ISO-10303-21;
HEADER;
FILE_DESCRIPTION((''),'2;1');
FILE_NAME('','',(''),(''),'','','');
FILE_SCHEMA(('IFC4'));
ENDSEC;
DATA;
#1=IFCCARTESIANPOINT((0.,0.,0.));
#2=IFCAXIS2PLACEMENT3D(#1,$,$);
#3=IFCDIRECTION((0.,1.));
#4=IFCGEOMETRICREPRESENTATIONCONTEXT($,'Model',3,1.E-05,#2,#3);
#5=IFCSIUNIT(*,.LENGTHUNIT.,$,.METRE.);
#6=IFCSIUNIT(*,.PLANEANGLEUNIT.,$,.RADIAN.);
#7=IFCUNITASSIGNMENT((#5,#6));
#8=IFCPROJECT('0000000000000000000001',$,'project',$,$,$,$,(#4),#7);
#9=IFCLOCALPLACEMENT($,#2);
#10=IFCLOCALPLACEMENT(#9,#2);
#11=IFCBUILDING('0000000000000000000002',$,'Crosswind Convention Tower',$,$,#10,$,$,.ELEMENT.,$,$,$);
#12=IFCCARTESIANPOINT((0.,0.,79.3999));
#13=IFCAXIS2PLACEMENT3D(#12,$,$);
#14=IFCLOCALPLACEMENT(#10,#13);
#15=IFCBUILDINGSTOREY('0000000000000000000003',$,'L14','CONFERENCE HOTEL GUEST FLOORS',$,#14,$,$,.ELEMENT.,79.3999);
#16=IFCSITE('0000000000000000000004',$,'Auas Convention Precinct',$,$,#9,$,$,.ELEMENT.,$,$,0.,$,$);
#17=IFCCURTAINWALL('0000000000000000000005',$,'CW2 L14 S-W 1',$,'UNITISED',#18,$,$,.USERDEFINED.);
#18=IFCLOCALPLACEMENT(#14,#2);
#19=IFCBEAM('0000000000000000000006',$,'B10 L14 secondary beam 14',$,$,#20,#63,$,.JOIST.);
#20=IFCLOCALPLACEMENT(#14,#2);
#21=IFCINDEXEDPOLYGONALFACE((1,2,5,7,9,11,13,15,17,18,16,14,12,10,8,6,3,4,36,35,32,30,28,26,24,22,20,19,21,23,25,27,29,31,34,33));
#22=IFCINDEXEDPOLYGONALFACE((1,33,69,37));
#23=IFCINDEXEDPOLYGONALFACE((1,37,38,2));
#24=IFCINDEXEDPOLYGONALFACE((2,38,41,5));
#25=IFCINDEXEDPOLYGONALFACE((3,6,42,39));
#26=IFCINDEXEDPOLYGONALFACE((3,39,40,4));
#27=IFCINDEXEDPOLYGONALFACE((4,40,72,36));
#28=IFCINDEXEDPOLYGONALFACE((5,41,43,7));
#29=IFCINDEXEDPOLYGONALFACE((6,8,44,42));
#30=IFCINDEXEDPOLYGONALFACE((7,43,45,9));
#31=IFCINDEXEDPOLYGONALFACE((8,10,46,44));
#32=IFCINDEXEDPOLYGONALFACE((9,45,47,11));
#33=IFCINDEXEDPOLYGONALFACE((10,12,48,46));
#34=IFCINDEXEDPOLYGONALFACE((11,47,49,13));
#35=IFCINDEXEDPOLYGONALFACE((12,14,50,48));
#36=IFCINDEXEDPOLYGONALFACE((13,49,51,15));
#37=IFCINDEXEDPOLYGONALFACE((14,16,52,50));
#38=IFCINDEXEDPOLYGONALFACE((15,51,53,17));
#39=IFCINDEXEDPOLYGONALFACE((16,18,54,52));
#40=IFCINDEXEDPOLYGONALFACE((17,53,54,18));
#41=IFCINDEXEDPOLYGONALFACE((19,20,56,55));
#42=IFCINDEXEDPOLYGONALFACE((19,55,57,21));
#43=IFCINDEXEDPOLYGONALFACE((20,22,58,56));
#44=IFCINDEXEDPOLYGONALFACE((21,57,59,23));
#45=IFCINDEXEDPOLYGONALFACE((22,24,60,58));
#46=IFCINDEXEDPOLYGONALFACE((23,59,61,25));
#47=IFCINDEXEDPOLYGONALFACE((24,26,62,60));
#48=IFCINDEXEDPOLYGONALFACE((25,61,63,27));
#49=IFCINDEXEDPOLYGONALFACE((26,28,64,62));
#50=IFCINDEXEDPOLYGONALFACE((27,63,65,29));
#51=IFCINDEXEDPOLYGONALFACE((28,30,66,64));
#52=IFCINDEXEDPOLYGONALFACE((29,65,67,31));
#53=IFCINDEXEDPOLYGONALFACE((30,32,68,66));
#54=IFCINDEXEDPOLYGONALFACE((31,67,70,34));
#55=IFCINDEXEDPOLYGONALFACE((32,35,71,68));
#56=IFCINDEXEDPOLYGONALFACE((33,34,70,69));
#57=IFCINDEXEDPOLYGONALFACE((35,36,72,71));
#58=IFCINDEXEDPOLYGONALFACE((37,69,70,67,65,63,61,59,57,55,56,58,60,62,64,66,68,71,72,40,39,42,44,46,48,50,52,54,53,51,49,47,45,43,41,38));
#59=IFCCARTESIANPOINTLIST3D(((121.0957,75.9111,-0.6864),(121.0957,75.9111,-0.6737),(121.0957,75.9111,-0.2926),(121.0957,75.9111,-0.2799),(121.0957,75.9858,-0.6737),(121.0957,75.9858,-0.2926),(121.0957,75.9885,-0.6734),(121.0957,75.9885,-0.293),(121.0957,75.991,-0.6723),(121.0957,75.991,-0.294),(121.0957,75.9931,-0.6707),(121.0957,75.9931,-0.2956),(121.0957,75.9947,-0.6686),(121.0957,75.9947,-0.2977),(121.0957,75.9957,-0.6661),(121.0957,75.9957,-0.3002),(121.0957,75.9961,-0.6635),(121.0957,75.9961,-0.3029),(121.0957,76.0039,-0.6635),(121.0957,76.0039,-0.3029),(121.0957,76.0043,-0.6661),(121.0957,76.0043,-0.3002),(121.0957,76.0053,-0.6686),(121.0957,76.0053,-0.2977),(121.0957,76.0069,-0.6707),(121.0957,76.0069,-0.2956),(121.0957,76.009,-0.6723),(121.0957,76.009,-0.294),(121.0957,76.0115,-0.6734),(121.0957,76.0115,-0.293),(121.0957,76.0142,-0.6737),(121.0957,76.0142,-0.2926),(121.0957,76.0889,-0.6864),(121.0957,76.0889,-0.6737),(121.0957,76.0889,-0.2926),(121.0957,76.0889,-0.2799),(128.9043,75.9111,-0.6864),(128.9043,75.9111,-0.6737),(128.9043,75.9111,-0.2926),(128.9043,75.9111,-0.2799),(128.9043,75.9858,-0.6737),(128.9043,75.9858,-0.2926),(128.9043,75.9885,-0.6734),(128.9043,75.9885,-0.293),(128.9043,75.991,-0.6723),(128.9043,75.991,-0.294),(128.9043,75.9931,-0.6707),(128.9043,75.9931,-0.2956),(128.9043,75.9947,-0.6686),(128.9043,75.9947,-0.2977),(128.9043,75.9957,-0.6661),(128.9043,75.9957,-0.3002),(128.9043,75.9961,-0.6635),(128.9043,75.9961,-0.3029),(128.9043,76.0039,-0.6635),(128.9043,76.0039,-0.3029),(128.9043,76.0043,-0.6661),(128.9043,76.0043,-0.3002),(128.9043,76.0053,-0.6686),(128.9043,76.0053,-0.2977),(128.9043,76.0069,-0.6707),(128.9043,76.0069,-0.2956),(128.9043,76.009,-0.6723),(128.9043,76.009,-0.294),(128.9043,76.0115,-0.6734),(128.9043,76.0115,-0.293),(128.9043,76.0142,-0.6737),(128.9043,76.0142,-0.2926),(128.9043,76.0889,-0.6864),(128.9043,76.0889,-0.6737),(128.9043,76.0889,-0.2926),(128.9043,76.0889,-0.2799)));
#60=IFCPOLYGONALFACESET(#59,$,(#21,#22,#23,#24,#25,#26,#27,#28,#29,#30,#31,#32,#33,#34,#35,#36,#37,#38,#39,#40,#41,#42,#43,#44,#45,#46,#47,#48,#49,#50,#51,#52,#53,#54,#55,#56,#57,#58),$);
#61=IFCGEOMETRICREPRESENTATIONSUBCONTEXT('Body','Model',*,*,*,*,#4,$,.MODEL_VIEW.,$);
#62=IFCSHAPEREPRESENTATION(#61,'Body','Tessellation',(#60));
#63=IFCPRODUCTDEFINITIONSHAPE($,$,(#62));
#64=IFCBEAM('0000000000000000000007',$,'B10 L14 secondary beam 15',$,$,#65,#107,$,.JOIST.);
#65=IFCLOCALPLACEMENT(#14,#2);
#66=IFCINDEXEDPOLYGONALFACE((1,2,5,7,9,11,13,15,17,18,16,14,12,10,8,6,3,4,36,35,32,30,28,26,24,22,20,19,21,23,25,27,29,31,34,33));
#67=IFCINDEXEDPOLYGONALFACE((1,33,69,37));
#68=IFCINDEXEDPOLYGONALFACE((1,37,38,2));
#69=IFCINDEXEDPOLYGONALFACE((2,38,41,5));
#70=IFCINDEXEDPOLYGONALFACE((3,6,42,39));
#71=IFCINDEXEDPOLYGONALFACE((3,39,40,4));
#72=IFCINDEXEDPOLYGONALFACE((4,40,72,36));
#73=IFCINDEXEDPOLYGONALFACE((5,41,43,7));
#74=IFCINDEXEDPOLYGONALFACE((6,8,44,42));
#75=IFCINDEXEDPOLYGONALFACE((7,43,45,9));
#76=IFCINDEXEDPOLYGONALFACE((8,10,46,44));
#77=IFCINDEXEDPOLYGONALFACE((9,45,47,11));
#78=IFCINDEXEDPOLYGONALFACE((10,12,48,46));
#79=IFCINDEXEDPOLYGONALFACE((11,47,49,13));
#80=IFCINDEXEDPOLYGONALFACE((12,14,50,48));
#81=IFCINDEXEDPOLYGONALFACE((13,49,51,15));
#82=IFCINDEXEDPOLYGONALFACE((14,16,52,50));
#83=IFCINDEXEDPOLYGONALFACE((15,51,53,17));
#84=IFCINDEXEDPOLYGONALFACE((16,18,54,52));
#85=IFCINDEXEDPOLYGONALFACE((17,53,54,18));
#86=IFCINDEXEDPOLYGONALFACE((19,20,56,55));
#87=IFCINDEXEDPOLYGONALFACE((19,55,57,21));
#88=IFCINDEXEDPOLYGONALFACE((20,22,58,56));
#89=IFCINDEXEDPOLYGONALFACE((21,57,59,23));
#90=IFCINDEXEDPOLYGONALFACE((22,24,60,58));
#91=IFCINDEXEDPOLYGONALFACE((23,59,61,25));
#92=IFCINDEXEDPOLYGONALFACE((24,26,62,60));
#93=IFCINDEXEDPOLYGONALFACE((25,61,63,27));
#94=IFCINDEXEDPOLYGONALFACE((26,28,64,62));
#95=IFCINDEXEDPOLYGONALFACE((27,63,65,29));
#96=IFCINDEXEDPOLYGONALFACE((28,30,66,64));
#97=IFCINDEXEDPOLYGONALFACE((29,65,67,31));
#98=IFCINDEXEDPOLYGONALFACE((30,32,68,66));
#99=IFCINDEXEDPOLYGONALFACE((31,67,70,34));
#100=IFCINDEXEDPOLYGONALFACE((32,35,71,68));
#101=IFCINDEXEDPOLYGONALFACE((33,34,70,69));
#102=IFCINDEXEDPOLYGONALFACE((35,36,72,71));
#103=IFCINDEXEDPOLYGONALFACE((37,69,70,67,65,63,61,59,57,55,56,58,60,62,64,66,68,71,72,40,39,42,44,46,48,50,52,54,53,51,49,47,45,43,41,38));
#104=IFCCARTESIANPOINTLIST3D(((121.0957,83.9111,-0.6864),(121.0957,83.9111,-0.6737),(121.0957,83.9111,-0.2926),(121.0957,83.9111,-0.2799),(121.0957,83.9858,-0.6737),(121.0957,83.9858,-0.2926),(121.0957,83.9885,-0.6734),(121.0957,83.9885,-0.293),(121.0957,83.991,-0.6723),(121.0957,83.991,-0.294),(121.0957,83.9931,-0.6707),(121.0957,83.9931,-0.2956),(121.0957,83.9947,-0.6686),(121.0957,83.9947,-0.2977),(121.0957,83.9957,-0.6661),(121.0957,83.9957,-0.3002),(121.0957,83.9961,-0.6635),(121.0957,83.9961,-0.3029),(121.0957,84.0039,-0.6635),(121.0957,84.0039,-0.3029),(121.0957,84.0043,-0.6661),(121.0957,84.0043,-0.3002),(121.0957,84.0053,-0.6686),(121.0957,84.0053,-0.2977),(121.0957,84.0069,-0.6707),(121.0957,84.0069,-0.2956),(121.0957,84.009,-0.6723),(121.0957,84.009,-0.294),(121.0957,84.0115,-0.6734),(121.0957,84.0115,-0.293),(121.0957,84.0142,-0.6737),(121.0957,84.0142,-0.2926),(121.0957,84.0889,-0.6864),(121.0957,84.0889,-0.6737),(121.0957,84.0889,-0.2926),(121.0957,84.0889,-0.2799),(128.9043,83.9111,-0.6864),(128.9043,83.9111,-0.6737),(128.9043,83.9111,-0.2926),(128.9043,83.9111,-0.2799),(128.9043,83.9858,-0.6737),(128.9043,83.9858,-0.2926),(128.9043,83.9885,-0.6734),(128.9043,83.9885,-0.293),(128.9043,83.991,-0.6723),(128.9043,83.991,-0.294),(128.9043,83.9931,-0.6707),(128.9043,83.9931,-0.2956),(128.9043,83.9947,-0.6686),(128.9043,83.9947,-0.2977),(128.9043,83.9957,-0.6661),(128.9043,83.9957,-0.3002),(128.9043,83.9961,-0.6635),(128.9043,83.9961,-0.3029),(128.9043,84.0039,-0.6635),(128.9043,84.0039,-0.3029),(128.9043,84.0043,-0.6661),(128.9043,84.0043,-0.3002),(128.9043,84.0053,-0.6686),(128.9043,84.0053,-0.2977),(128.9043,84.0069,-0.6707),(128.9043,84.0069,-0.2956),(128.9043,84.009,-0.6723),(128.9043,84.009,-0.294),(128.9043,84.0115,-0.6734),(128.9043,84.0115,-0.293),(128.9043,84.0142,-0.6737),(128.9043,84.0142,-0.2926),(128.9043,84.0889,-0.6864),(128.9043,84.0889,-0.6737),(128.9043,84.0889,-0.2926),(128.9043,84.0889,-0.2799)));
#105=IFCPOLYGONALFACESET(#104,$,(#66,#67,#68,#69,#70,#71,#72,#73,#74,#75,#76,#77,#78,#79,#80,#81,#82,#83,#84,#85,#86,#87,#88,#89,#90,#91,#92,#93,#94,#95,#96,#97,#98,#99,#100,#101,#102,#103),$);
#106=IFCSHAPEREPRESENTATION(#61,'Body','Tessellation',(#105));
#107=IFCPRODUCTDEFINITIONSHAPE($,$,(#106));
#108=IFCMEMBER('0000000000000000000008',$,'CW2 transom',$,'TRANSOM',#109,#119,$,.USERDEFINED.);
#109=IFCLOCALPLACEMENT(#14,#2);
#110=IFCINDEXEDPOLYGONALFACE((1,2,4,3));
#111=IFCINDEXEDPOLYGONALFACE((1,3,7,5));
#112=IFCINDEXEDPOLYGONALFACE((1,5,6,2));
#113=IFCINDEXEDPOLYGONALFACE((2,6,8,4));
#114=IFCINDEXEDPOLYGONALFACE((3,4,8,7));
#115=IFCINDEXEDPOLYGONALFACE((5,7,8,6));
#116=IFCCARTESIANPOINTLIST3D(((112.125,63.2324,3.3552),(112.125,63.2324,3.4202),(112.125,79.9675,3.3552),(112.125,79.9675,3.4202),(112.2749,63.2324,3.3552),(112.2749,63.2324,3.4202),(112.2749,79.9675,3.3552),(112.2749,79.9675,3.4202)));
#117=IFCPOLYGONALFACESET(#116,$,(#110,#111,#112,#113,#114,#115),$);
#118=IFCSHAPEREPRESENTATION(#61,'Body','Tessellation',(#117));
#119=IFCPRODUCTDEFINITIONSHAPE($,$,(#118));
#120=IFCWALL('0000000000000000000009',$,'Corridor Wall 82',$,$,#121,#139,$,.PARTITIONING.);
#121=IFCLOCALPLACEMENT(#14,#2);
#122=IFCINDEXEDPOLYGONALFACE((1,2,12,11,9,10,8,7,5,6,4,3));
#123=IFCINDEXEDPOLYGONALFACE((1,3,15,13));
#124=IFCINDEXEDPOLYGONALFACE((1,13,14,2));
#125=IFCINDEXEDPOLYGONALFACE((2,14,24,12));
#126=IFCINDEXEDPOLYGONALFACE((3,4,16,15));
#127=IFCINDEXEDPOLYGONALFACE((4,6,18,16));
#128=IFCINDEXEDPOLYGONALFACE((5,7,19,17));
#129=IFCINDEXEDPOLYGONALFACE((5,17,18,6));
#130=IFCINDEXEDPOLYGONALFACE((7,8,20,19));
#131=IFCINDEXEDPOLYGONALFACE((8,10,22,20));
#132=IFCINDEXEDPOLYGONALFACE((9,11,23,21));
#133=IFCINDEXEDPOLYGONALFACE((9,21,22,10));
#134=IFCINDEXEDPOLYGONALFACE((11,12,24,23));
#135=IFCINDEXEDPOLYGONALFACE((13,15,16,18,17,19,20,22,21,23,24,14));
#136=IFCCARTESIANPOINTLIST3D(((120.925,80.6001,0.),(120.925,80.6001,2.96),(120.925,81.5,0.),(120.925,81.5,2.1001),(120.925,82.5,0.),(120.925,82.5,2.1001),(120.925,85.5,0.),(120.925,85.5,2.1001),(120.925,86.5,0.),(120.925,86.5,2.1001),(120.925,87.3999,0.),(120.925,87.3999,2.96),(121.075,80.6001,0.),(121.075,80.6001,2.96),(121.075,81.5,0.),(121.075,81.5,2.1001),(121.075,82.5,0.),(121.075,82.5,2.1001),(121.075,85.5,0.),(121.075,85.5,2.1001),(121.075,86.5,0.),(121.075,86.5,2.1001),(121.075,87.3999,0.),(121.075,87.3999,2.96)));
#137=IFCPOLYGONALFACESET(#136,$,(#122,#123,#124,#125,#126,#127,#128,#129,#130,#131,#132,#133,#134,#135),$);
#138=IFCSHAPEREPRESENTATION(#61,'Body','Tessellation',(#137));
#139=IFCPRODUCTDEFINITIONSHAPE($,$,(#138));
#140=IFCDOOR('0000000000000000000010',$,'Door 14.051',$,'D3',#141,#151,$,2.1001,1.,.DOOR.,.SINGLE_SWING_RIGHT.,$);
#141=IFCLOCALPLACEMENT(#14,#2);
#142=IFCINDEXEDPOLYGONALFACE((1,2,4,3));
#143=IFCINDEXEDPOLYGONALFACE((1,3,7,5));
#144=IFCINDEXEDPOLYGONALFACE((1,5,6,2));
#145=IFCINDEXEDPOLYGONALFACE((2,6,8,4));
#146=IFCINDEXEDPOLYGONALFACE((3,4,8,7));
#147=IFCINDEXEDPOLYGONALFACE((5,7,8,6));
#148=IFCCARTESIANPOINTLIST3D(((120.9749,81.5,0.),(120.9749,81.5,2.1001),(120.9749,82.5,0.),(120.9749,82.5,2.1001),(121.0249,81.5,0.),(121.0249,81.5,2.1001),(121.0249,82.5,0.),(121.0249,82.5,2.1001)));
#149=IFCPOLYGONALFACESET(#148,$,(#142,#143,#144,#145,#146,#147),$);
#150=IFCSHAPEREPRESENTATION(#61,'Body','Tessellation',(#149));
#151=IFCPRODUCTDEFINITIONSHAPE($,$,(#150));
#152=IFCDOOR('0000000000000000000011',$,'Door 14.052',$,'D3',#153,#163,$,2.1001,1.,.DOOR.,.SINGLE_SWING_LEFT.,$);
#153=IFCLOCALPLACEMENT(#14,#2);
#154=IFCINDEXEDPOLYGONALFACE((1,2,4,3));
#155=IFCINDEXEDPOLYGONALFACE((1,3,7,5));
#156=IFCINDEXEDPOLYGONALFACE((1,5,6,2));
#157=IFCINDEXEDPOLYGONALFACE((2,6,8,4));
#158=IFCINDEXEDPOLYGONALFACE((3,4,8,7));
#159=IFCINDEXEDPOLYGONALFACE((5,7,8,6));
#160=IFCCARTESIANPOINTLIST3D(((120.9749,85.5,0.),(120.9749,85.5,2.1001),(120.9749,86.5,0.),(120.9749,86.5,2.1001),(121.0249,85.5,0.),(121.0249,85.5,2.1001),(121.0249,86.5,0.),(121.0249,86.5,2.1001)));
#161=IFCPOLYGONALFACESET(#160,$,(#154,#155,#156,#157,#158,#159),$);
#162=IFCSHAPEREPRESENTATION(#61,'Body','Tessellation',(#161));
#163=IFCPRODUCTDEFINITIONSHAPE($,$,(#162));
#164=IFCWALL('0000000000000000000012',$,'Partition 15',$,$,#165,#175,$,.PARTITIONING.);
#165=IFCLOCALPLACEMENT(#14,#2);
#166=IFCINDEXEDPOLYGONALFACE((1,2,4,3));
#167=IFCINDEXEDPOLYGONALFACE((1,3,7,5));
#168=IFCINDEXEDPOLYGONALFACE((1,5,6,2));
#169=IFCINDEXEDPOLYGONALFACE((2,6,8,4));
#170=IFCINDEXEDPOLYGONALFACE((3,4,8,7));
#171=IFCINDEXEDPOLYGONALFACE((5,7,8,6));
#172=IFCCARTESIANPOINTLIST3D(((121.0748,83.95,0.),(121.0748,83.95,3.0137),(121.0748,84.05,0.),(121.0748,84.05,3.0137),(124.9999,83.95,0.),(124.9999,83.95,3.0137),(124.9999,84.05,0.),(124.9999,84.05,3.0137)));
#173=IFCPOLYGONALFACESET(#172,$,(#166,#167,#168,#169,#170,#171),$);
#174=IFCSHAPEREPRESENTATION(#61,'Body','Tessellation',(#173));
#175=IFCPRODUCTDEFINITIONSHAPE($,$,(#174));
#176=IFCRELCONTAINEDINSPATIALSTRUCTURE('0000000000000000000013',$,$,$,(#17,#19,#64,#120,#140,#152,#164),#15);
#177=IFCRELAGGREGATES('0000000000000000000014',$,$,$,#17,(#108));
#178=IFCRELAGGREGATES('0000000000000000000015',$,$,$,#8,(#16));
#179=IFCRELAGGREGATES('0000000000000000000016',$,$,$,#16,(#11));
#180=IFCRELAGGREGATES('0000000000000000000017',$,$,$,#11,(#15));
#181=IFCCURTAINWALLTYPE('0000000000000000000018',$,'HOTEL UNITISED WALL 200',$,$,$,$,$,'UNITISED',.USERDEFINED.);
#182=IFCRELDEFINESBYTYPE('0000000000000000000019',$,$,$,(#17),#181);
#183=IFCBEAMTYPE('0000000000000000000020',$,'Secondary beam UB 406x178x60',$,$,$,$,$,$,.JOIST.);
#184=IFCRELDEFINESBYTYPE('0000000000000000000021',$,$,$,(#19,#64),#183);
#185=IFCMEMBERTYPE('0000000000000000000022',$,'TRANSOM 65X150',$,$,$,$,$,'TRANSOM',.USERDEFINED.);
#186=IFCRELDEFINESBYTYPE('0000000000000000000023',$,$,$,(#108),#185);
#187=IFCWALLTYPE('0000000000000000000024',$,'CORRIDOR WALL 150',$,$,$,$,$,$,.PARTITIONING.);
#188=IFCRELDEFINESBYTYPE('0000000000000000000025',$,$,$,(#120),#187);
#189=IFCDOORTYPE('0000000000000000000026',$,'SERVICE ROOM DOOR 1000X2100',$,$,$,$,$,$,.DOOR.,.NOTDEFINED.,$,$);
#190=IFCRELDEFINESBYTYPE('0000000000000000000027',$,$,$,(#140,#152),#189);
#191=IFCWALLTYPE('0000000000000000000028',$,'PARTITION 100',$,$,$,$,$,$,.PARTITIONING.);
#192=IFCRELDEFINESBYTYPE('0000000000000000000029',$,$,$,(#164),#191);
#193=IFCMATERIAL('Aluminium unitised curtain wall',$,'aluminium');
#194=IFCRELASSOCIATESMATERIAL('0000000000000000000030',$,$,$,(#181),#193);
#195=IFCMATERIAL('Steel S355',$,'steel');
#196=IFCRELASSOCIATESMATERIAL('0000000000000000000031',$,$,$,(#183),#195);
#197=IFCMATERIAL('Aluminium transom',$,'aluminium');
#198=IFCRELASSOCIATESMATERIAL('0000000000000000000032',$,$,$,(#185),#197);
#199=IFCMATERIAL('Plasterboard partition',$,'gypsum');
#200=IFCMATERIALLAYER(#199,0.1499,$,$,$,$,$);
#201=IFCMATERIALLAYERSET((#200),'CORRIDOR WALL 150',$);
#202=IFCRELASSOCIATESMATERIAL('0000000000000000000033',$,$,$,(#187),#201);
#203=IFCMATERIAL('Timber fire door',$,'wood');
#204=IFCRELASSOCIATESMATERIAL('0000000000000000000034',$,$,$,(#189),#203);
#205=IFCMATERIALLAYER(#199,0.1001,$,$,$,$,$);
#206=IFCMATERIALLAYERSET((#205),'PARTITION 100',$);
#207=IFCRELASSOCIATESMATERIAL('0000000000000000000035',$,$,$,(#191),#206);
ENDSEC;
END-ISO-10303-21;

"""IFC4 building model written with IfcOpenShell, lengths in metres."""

from ifc_helpers import new_model, si_unit, direction, frame, frame_2d, origin, origin_2d, place, context, subcontext, project, spatial, rectangle, i_section, extrude, material, layer, layer_set, material_profile, profile_set, type_object, element, fill, aggregate, save


model = new_model("IFC4")

# Units and contexts
model_context = context("Model", 3, precision=1e-05, world=origin(), true_north=direction((0.0, 1.0)))
body_context = subcontext(model_context, "Body", "Model", "MODEL_VIEW")
ifc_project = project(units=[si_unit("LENGTHUNIT", "METRE"), si_unit("PLANEANGLEUNIT", "RADIAN")], contexts=[model_context])

# Site, building, storey
site_placement = place(None, origin())
site = spatial("IfcSite", under=ifc_project, at=site_placement, Name="Auas Convention Precinct", CompositionType="ELEMENT", RefElevation=0.0)
building_placement = place(site_placement, origin())
building = spatial("IfcBuilding", under=site, at=building_placement, Name="Crosswind Convention Tower", CompositionType="ELEMENT")
storey_placement = place(building_placement, frame((0.0, 0.0, 79.3999)))
storey = spatial("IfcBuildingStorey", under=building, at=storey_placement, Name="L14", Description="CONFERENCE HOTEL GUEST FLOORS", CompositionType="ELEMENT", Elevation=79.3999)

# Shared definitions
ifc_material_1 = material(Name="Steel S355", Category="steel")

# Curtain wall
ifc_material_2 = material(Name="Aluminium unitised curtain wall", Category="aluminium")
curtain_wall_type = type_object("IfcCurtainWallType", Name="HOTEL UNITISED WALL 200", ElementType="UNITISED", PredefinedType="USERDEFINED", material=ifc_material_2)
curtain_wall_placement = place(storey_placement, origin())
curtain_wall = element("IfcCurtainWall", 1, at=curtain_wall_placement, inside=storey, type_object=curtain_wall_type, Name="CW2 L14 S-W 1", ObjectType="UNITISED", PredefinedType="USERDEFINED")

# Beams
ifc_material_profile_1 = material_profile(ifc_material_1, i_section(OverallWidth=0.1777, OverallDepth=0.4065, WebThickness=0.0078, FlangeThickness=0.0127, FilletRadius=0.0103, at=origin_2d()), Name="UB 406x178x60")
ifc_profile_set_1 = profile_set([ifc_material_profile_1], Name="Steel S355")
beam_type_1 = type_object("IfcBeamType", Name="Secondary beam UB 406x178x60", PredefinedType="JOIST", material=ifc_profile_set_1)
for number, where, z_axis, x_axis, name in (
    (2, (121.0957, 76.0, -0.4832), (1.0, 0.0, 0.0), (0.0, 1.0, 0.0), "B10 L14 secondary beam 14"),
    (3, (121.0957, 84.0, -0.4832), (1.0, 0.0, 0.0), (0.0, 1.0, 0.0), "B10 L14 secondary beam 15"),
):
    element("IfcBeam", number, at=place(storey_placement, frame(where, z_axis=z_axis, x_axis=x_axis)), inside=storey, type_object=beam_type_1, Name=name, PredefinedType="JOIST", context=body_context, shape_type="SweptSolid", body=[
        extrude(i_section(OverallWidth=0.1777, OverallDepth=0.4065, WebThickness=0.0078, FlangeThickness=0.0127, FilletRadius=0.0103, at=origin_2d()), origin(), (0.0, 0.0, 1.0), 7.8086),
    ])

# Member
ifc_material_3 = material(Name="Aluminium transom", Category="aluminium")
ifc_material_profile_2 = material_profile(ifc_material_3, rectangle(XDim=0.1499, YDim=0.0649, at=origin_2d()), Name="AL 150X65")
ifc_profile_set_2 = profile_set([ifc_material_profile_2], Name="Aluminium transom")
member_type_1 = type_object("IfcMemberType", Name="TRANSOM 65X150", ElementType="TRANSOM", PredefinedType="USERDEFINED", material=ifc_profile_set_2)
member_1_placement = place(storey_placement, frame((112.2, 79.9675, 3.3877), z_axis=(0.0, -1.0, 0.0), x_axis=(1.0, 0.0, 0.0)))
member_1 = element("IfcMember", 4, at=member_1_placement, type_object=member_type_1, Name="CW2 transom", ObjectType="TRANSOM", PredefinedType="USERDEFINED", context=body_context, shape_type="SweptSolid", body=[
    extrude(rectangle(XDim=0.1499, YDim=0.0649, at=origin_2d()), origin(), (0.0, 0.0, 1.0), 16.7351),
])
aggregate(curtain_wall, [member_1])

# Wall, openings, doors
ifc_material_4 = material(Name="Plasterboard partition", Category="gypsum")
ifc_layer_1 = layer(ifc_material_4, 0.1499)
ifc_layer_set_1 = layer_set([ifc_layer_1], Name="CORRIDOR WALL 150")
wall_type_1 = type_object("IfcWallType", Name="CORRIDOR WALL 150", PredefinedType="PARTITIONING", material=ifc_layer_set_1)
wall_1_placement = place(storey_placement, frame((121.0, 80.6001, 0.0), z_axis=(0.0, 0.0, 1.0), x_axis=(0.0, 1.0, 0.0)))
wall_1 = element("IfcWall", 5, at=wall_1_placement, inside=storey, type_object=wall_type_1, Name="Corridor Wall 82", PredefinedType="PARTITIONING", context=body_context, shape_type="SweptSolid", body=[
    extrude(rectangle(XDim=6.7998, YDim=0.1499, at=frame_2d((3.3999, 0.0))), origin(), (0.0, 0.0, 1.0), 2.96),
])
opening_1_placement = place(wall_1_placement, frame((0.8999, 0.0, 0.0)))
opening_1 = element("IfcOpeningElement", 6, at=opening_1_placement, cuts=wall_1, PredefinedType="OPENING", context=body_context, shape_type="SweptSolid", body=[
    extrude(rectangle(XDim=1.0, YDim=2.1001, at=frame_2d((0.5, 1.05))), frame((0.0, 0.085, 0.0), z_axis=(0.0, -1.0, 0.0), x_axis=(1.0, 0.0, 0.0)), (0.0, 0.0, 1.0), 0.1699),
])
opening_2_placement = place(wall_1_placement, frame((4.8999, 0.0, 0.0)))
opening_2 = element("IfcOpeningElement", 7, at=opening_2_placement, cuts=wall_1, PredefinedType="OPENING", context=body_context, shape_type="SweptSolid", body=[
    extrude(rectangle(XDim=1.0, YDim=2.1001, at=frame_2d((0.5, 1.05))), frame((0.0, 0.085, 0.0), z_axis=(0.0, -1.0, 0.0), x_axis=(1.0, 0.0, 0.0)), (0.0, 0.0, 1.0), 0.1699),
])
ifc_material_5 = material(Name="Timber fire door", Category="wood")
door_type_1 = type_object("IfcDoorType", Name="SERVICE ROOM DOOR 1000X2100", OperationType="NOTDEFINED", PredefinedType="DOOR", material=ifc_material_5)
door_1_placement = place(opening_1_placement, frame((1.0, 0.0, 0.0), z_axis=(0.0, 0.0, 1.0), x_axis=(-1.0, 0.0, 0.0)))
door_1 = element("IfcDoor", 8, at=door_1_placement, inside=storey, type_object=door_type_1, Name="Door 14.051", ObjectType="D3", OperationType="SINGLE_SWING_RIGHT", OverallHeight=2.1001, OverallWidth=1.0, PredefinedType="DOOR", context=body_context, shape_type="SweptSolid", body=[
    extrude(rectangle(XDim=1.0, YDim=2.1001, at=frame_2d((0.5, 1.05))), frame((0.0, 0.0249, 0.0), z_axis=(0.0, -1.0, 0.0), x_axis=(1.0, 0.0, 0.0)), (0.0, 0.0, 1.0), 0.05),
])
fill(opening_1, door_1)
door_2_placement = place(opening_2_placement, frame((1.0, 0.0, 0.0), z_axis=(0.0, 0.0, 1.0), x_axis=(-1.0, 0.0, 0.0)))
door_2 = element("IfcDoor", 9, at=door_2_placement, inside=storey, type_object=door_type_1, Name="Door 14.052", ObjectType="D3", OperationType="SINGLE_SWING_LEFT", OverallHeight=2.1001, OverallWidth=1.0, PredefinedType="DOOR", context=body_context, shape_type="SweptSolid", body=[
    extrude(rectangle(XDim=1.0, YDim=2.1001, at=frame_2d((0.5, 1.05))), frame((0.0, 0.0249, 0.0), z_axis=(0.0, -1.0, 0.0), x_axis=(1.0, 0.0, 0.0)), (0.0, 0.0, 1.0), 0.05),
])
fill(opening_2, door_2)

# Wall
ifc_layer_2 = layer(ifc_material_4, 0.1001)
ifc_layer_set_2 = layer_set([ifc_layer_2], Name="PARTITION 100")
wall_type_2 = type_object("IfcWallType", Name="PARTITION 100", PredefinedType="PARTITIONING", material=ifc_layer_set_2)
wall_2_placement = place(storey_placement, frame((121.075, 84.0, 0.0), z_axis=(0.0, 0.0, 1.0), x_axis=(1.0, 0.0, 0.0)))
element("IfcWall", 10, at=wall_2_placement, inside=storey, type_object=wall_type_2, Name="Partition 15", PredefinedType="PARTITIONING", context=body_context, shape_type="SweptSolid", body=[
    extrude(rectangle(XDim=3.925, YDim=0.1001, at=frame_2d((1.9624, 0.0))), origin(), (0.0, 0.0, 1.0), 3.0137),
])

save(model, "model.ifc")
